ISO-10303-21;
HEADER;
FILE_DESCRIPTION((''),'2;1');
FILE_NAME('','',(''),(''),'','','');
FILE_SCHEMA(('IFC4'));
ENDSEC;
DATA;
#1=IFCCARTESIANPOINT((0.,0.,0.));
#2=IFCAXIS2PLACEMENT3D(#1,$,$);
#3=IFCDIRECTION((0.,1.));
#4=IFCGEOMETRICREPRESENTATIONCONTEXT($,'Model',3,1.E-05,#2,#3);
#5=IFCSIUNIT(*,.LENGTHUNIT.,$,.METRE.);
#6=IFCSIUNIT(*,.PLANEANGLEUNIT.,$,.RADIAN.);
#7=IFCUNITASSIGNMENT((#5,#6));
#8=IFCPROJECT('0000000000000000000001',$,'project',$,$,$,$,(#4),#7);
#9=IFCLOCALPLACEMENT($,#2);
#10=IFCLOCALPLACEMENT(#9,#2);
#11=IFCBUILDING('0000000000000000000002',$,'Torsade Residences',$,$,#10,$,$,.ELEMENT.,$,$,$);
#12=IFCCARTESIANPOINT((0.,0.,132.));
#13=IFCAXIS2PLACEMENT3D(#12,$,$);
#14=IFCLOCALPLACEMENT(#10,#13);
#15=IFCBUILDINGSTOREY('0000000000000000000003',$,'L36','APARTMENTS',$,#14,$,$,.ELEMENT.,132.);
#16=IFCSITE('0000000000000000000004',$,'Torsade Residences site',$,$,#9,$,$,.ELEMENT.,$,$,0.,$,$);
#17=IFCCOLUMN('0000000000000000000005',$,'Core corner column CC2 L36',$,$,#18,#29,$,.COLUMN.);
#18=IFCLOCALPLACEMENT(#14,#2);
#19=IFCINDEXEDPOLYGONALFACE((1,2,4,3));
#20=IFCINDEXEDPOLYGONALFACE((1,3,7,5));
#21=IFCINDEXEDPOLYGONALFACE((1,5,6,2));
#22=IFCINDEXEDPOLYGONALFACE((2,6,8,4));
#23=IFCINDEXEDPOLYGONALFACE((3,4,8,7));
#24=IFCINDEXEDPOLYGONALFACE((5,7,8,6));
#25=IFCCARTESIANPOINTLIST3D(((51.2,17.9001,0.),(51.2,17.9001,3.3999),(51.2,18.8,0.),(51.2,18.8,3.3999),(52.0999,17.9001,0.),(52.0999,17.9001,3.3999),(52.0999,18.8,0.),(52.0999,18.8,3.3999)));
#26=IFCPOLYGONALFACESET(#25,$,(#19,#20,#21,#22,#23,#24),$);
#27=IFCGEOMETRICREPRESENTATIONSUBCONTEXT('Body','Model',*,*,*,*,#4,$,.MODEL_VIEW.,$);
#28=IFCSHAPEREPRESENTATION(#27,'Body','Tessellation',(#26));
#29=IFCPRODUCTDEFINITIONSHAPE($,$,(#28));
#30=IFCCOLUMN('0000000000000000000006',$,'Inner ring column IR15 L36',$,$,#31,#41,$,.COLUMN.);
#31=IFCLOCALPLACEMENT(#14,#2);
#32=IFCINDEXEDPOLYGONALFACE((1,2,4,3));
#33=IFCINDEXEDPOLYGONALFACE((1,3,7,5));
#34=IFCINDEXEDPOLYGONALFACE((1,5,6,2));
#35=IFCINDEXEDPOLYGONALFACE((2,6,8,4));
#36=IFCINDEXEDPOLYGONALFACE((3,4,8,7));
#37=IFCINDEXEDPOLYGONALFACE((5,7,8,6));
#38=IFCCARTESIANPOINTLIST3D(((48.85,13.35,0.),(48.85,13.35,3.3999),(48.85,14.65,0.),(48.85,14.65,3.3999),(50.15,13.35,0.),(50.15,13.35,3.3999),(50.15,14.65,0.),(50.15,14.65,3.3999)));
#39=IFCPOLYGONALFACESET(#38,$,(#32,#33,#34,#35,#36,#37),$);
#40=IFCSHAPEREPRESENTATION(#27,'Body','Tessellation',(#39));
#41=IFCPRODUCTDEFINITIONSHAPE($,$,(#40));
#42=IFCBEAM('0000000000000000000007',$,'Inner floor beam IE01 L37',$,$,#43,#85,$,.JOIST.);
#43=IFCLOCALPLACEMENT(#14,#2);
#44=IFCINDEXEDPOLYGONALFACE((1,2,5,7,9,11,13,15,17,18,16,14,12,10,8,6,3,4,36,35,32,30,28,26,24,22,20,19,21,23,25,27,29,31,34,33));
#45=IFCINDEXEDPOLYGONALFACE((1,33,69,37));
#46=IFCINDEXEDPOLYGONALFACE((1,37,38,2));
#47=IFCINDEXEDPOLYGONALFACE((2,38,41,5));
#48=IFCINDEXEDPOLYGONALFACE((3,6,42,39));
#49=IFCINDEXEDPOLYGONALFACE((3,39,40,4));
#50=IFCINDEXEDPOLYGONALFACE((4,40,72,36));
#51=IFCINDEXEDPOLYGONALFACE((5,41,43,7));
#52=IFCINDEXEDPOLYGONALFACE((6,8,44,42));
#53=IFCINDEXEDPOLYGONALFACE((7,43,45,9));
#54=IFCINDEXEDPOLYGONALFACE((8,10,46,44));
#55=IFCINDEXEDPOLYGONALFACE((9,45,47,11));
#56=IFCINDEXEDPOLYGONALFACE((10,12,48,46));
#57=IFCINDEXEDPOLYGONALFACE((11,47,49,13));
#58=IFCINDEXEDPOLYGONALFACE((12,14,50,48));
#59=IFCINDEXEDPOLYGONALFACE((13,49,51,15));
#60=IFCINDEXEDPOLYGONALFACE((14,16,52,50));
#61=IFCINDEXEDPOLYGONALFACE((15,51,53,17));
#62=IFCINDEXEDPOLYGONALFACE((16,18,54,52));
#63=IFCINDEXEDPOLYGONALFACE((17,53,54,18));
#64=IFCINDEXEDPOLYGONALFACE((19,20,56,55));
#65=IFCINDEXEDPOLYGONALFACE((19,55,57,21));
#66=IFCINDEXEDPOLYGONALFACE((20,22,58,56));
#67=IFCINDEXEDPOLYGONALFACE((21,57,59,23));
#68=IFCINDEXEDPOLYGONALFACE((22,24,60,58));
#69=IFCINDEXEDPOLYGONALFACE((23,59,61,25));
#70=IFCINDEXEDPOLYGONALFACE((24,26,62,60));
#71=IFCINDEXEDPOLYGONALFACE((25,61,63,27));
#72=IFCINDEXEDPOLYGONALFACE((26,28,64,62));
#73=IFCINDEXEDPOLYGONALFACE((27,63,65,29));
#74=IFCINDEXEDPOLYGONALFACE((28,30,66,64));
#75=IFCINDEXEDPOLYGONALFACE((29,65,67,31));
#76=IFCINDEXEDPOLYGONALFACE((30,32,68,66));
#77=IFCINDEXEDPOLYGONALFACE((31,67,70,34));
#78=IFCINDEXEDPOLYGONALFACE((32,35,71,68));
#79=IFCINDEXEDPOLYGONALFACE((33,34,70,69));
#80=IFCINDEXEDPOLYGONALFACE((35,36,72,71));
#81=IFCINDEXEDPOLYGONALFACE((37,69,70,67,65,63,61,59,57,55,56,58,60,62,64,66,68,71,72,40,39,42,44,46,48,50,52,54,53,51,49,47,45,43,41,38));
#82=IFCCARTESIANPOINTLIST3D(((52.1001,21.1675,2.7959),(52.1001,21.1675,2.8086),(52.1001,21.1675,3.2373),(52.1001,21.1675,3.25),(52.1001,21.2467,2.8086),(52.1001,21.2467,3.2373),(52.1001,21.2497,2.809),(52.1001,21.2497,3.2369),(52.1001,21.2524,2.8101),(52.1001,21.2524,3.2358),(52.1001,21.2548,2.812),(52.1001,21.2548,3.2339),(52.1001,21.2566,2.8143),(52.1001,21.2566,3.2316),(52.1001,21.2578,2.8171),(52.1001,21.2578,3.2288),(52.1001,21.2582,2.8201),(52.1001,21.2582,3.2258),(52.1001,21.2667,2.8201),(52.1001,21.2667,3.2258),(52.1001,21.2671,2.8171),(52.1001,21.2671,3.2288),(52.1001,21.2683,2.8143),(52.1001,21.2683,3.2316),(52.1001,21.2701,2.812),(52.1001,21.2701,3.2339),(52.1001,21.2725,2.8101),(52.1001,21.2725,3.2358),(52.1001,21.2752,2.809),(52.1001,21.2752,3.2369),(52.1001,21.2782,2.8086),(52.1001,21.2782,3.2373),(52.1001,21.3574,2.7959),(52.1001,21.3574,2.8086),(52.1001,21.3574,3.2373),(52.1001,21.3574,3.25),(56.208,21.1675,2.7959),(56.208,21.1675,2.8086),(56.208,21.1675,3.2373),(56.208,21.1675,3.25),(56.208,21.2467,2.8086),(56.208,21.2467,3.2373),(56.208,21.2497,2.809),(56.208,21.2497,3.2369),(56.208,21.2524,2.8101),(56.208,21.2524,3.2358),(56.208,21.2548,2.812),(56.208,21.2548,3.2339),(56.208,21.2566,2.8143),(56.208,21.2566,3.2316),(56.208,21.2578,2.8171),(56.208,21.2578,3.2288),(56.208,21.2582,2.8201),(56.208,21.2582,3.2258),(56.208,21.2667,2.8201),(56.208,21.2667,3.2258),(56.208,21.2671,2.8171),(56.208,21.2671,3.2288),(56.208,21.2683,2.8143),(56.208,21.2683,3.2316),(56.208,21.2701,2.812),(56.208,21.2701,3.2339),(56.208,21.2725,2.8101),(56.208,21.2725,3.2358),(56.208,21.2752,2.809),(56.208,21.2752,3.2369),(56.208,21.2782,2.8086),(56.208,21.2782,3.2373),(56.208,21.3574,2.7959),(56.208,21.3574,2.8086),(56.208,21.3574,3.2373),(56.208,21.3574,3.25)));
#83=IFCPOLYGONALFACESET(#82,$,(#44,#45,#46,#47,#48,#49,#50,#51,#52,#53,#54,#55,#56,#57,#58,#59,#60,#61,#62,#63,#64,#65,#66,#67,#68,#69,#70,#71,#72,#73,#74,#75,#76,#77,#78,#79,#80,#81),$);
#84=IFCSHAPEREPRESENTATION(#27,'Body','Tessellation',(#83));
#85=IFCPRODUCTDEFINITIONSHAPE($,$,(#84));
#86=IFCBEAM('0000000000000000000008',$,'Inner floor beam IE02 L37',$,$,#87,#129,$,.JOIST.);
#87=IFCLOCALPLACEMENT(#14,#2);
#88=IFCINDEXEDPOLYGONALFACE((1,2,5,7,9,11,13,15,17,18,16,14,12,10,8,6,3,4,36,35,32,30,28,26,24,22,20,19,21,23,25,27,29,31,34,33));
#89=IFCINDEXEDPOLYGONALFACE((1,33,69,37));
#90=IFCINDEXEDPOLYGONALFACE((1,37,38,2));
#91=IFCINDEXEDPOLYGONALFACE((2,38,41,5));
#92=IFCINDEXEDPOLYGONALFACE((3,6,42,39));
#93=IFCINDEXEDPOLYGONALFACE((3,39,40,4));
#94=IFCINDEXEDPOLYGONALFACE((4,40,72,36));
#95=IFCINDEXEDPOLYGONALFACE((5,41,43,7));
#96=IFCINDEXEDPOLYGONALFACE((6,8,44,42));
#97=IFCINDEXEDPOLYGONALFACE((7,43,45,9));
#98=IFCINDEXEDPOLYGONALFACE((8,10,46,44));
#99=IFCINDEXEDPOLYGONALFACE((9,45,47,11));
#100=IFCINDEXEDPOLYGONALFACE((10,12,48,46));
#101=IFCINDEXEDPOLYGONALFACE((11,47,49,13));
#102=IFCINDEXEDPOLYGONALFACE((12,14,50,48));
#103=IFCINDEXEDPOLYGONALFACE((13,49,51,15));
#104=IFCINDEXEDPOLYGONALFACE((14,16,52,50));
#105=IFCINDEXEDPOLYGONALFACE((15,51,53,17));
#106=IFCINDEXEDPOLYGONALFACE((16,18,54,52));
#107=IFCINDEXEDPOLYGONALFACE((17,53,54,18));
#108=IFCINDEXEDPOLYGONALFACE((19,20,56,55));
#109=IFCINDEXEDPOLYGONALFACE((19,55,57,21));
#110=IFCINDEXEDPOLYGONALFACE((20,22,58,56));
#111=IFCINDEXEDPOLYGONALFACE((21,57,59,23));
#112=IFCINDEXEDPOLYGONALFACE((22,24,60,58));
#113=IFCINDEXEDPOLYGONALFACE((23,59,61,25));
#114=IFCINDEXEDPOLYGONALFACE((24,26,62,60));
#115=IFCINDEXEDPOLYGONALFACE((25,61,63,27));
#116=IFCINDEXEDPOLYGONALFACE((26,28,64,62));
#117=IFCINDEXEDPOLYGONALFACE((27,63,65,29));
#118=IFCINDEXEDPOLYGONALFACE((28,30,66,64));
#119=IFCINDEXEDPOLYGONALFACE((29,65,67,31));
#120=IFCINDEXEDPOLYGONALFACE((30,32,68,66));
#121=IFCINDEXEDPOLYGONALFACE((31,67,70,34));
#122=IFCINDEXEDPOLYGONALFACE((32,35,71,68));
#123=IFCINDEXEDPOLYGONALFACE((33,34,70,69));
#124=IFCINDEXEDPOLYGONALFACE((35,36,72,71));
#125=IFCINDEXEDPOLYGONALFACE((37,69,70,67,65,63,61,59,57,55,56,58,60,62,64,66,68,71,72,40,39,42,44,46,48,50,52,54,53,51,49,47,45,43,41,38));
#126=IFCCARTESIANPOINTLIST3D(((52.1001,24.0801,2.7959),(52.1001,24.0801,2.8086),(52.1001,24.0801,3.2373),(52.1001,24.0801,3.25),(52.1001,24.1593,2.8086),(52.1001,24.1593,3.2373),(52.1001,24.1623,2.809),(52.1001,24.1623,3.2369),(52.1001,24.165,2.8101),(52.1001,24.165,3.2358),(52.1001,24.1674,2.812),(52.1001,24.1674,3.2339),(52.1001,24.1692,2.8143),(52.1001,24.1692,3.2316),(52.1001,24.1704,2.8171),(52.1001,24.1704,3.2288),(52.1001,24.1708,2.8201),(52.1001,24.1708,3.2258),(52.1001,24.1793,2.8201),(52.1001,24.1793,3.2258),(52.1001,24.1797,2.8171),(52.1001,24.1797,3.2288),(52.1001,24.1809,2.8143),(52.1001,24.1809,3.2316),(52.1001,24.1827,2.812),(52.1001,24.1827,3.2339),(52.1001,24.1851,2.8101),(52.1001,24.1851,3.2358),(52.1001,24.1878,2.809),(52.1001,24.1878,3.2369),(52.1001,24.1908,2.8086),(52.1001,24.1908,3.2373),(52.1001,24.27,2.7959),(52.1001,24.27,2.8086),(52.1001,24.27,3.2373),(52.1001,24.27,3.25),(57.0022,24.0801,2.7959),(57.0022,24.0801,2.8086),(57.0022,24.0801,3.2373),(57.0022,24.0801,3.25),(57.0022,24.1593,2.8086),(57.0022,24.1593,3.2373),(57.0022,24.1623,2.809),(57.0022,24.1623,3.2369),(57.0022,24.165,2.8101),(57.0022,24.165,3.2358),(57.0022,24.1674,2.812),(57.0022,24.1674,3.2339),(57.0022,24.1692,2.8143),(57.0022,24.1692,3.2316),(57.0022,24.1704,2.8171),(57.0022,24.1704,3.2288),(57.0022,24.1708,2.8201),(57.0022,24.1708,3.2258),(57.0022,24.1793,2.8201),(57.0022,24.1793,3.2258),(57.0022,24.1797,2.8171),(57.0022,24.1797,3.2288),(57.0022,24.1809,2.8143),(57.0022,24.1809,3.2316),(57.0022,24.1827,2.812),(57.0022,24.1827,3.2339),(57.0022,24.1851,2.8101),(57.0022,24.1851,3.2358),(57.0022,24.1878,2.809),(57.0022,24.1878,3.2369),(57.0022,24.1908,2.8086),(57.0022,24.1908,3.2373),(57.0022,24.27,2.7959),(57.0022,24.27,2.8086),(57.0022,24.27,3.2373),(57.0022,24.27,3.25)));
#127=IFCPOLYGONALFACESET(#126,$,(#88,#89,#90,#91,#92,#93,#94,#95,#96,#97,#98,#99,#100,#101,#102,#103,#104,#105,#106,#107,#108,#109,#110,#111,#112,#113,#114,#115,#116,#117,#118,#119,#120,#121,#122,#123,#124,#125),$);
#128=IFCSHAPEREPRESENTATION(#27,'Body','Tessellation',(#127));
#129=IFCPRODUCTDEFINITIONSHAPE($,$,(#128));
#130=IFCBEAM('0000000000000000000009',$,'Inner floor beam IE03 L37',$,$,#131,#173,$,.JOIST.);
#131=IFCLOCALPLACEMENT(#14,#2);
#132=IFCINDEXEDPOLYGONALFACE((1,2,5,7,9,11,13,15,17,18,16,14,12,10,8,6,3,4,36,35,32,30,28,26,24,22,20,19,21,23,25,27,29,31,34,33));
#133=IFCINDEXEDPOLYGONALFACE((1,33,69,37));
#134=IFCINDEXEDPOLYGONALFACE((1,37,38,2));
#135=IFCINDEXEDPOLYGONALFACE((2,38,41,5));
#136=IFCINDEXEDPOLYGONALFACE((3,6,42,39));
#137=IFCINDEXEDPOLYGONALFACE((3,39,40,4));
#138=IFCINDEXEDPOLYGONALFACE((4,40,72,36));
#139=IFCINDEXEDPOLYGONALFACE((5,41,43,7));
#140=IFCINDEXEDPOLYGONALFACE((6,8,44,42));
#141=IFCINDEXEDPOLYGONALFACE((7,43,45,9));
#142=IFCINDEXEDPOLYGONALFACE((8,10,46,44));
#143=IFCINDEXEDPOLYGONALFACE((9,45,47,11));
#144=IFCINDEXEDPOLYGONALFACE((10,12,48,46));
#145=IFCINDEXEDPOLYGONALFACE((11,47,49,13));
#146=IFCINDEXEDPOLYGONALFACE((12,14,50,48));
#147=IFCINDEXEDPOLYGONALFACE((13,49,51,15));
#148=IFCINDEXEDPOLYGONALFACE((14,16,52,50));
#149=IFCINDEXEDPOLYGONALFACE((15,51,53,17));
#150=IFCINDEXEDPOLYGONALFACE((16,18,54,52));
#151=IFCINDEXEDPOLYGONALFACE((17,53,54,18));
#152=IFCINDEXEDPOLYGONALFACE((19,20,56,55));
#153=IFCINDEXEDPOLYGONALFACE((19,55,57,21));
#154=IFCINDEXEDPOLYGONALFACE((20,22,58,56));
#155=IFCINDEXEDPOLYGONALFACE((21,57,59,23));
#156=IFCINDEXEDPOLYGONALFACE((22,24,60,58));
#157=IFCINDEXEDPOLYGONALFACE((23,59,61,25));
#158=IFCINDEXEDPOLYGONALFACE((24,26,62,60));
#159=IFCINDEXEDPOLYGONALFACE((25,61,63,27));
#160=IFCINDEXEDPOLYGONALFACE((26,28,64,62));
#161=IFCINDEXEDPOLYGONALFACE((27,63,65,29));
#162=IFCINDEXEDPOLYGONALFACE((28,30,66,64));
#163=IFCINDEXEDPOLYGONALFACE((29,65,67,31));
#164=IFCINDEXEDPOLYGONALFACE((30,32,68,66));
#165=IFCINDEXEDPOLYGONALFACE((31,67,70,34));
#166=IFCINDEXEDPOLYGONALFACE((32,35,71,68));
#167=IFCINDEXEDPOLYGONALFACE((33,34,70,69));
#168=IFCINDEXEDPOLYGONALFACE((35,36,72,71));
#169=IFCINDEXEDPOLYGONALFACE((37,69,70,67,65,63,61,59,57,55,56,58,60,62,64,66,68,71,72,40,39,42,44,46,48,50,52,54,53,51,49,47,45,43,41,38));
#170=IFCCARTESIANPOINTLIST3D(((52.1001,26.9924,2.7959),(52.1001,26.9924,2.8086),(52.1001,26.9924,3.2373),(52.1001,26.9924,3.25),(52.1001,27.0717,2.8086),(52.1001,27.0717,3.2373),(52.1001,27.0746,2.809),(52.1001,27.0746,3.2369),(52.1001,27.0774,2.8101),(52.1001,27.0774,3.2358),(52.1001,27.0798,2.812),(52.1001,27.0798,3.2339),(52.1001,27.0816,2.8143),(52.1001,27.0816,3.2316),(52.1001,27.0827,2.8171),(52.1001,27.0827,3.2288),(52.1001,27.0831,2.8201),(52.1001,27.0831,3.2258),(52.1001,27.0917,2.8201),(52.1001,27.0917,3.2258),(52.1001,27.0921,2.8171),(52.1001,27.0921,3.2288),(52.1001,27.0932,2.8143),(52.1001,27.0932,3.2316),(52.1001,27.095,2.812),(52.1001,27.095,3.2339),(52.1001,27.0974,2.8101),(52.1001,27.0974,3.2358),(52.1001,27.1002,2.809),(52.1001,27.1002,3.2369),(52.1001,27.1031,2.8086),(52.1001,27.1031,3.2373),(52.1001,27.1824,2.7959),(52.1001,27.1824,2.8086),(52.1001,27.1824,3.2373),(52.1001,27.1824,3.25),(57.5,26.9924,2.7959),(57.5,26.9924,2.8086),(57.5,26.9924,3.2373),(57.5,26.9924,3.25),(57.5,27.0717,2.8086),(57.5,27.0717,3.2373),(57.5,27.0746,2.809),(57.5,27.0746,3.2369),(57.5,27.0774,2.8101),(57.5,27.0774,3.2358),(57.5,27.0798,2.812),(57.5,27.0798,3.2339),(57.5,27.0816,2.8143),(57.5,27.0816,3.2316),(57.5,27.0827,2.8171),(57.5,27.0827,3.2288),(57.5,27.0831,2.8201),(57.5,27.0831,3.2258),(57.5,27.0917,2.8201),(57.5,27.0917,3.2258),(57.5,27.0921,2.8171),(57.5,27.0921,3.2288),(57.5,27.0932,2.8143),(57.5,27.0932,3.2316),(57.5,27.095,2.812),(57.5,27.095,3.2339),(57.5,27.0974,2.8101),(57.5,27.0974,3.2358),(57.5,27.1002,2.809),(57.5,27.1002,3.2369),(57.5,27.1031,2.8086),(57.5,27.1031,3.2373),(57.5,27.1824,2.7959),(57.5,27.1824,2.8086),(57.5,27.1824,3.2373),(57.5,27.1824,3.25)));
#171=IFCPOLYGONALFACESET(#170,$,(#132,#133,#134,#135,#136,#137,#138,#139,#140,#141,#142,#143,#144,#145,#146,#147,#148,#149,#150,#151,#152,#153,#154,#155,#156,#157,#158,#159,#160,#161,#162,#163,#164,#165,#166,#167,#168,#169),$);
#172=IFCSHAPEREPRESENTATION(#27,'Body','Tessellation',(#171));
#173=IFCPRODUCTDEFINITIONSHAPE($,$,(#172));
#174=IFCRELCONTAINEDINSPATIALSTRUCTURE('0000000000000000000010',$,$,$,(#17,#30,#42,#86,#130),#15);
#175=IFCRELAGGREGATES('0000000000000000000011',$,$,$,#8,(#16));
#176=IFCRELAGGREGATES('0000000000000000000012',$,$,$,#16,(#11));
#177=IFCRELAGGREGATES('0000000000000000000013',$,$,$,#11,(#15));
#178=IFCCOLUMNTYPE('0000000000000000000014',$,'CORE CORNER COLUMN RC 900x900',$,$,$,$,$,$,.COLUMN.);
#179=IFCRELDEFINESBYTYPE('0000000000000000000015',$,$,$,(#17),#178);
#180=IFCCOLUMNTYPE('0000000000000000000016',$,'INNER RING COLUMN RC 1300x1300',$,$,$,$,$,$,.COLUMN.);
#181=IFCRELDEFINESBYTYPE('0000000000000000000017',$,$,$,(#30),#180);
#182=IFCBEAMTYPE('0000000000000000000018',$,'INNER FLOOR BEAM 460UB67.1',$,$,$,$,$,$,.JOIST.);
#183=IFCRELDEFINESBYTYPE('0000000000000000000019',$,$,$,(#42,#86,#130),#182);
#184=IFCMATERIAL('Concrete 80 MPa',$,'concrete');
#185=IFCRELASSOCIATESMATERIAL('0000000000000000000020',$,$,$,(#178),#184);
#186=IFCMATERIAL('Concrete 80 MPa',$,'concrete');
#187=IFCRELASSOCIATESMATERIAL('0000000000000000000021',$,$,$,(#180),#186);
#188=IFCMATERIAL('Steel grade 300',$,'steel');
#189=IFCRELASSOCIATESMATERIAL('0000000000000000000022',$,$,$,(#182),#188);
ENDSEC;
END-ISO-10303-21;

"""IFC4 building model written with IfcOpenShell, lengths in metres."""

from ifc_helpers import new_model, si_unit, direction, frame, origin, origin_2d, place, context, subcontext, project, spatial, rectangle, i_section, extrude, material, material_profile, profile_set, type_object, element, save


model = new_model("IFC4")

# Units and contexts
model_context = context("Model", 3, precision=1e-05, world=origin(), true_north=direction((0.0, 1.0)))
body_context = subcontext(model_context, "Body", "Model", "MODEL_VIEW")
ifc_project = project(units=[si_unit("LENGTHUNIT", "METRE"), si_unit("PLANEANGLEUNIT", "RADIAN")], contexts=[model_context])

# Site, building, storey
site_placement = place(None, origin())
site = spatial("IfcSite", under=ifc_project, at=site_placement, Name="Torsade Residences site", CompositionType="ELEMENT", RefElevation=0.0)
building_placement = place(site_placement, origin())
building = spatial("IfcBuilding", under=site, at=building_placement, Name="Torsade Residences", CompositionType="ELEMENT")
storey_placement = place(building_placement, frame((0.0, 0.0, 132.0)))
storey = spatial("IfcBuildingStorey", under=building, at=storey_placement, Name="L36", Description="APARTMENTS", CompositionType="ELEMENT", Elevation=132.0)

# Columns
ifc_material_1 = material(Name="Concrete 80 MPa", Category="concrete")
ifc_material_profile_1 = material_profile(ifc_material_1, rectangle(XDim=0.8999, YDim=0.8999, at=origin_2d()), Name="RC 900x900")
ifc_profile_set_1 = profile_set([ifc_material_profile_1], Name="Concrete 80 MPa")
column_type_1 = type_object("IfcColumnType", Name="CORE CORNER COLUMN RC 900x900", PredefinedType="COLUMN", material=ifc_profile_set_1)
column_1_placement = place(storey_placement, frame((51.6499, 18.3501, 0.0), z_axis=(0.0, 0.0, 1.0), x_axis=(1.0, 0.0, 0.0)))
element("IfcColumn", 1, at=column_1_placement, inside=storey, type_object=column_type_1, Name="Core corner column CC2 L36", PredefinedType="COLUMN", context=body_context, shape_type="SweptSolid", body=[
    extrude(rectangle(XDim=0.8999, YDim=0.8999, at=origin_2d()), origin(), (0.0, 0.0, 1.0), 3.3999),
])
ifc_material_2 = material(Name="Concrete 80 MPa", Category="concrete")
ifc_material_profile_2 = material_profile(ifc_material_2, rectangle(XDim=1.3, YDim=1.3, at=origin_2d()), Name="RC 1300x1300")
ifc_profile_set_2 = profile_set([ifc_material_profile_2], Name="Concrete 80 MPa")
column_type_2 = type_object("IfcColumnType", Name="INNER RING COLUMN RC 1300x1300", PredefinedType="COLUMN", material=ifc_profile_set_2)
column_2_placement = place(storey_placement, frame((49.5, 14.0, 0.0), z_axis=(0.0, 0.0, 1.0), x_axis=(1.0, 0.0, 0.0)))
element("IfcColumn", 2, at=column_2_placement, inside=storey, type_object=column_type_2, Name="Inner ring column IR15 L36", PredefinedType="COLUMN", context=body_context, shape_type="SweptSolid", body=[
    extrude(rectangle(XDim=1.3, YDim=1.3, at=origin_2d()), origin(), (0.0, 0.0, 1.0), 3.3999),
])

# Beams
ifc_material_3 = material(Name="Steel grade 300", Category="steel")
ifc_material_profile_3 = material_profile(ifc_material_3, i_section(OverallWidth=0.1899, OverallDepth=0.4541, WebThickness=0.0085, FlangeThickness=0.0127, FilletRadius=0.0115, at=origin_2d()), Name="460UB67.1")
ifc_profile_set_3 = profile_set([ifc_material_profile_3], Name="Steel grade 300")
beam_type_1 = type_object("IfcBeamType", Name="INNER FLOOR BEAM 460UB67.1", PredefinedType="JOIST", material=ifc_profile_set_3)
beam_1_placement = place(storey_placement, frame((52.1001, 21.2625, 3.0229), z_axis=(1.0, 0.0, 0.0), x_axis=(0.0, 1.0, 0.0)))
element("IfcBeam", 3, at=beam_1_placement, inside=storey, type_object=beam_type_1, Name="Inner floor beam IE01 L37", PredefinedType="JOIST", context=body_context, shape_type="SweptSolid", body=[
    extrude(i_section(OverallWidth=0.1899, OverallDepth=0.4541, WebThickness=0.0085, FlangeThickness=0.0127, FilletRadius=0.0115, at=origin_2d()), origin(), (0.0, 0.0, 1.0), 4.1079),
])
beam_2_placement = place(storey_placement, frame((52.1001, 24.175, 3.0229), z_axis=(1.0, 0.0, 0.0), x_axis=(0.0, 1.0, 0.0)))
element("IfcBeam", 4, at=beam_2_placement, inside=storey, type_object=beam_type_1, Name="Inner floor beam IE02 L37", PredefinedType="JOIST", context=body_context, shape_type="SweptSolid", body=[
    extrude(i_section(OverallWidth=0.1899, OverallDepth=0.4541, WebThickness=0.0085, FlangeThickness=0.0127, FilletRadius=0.0115, at=origin_2d()), origin(), (0.0, 0.0, 1.0), 4.9021),
])
beam_3_placement = place(storey_placement, frame((52.1001, 27.0874, 3.0229), z_axis=(1.0, 0.0, 0.0), x_axis=(0.0, 1.0, 0.0)))
element("IfcBeam", 5, at=beam_3_placement, inside=storey, type_object=beam_type_1, Name="Inner floor beam IE03 L37", PredefinedType="JOIST", context=body_context, shape_type="SweptSolid", body=[
    extrude(i_section(OverallWidth=0.1899, OverallDepth=0.4541, WebThickness=0.0085, FlangeThickness=0.0127, FilletRadius=0.0115, at=origin_2d()), origin(), (0.0, 0.0, 1.0), 5.3999),
])

save(model, "model.ifc")
